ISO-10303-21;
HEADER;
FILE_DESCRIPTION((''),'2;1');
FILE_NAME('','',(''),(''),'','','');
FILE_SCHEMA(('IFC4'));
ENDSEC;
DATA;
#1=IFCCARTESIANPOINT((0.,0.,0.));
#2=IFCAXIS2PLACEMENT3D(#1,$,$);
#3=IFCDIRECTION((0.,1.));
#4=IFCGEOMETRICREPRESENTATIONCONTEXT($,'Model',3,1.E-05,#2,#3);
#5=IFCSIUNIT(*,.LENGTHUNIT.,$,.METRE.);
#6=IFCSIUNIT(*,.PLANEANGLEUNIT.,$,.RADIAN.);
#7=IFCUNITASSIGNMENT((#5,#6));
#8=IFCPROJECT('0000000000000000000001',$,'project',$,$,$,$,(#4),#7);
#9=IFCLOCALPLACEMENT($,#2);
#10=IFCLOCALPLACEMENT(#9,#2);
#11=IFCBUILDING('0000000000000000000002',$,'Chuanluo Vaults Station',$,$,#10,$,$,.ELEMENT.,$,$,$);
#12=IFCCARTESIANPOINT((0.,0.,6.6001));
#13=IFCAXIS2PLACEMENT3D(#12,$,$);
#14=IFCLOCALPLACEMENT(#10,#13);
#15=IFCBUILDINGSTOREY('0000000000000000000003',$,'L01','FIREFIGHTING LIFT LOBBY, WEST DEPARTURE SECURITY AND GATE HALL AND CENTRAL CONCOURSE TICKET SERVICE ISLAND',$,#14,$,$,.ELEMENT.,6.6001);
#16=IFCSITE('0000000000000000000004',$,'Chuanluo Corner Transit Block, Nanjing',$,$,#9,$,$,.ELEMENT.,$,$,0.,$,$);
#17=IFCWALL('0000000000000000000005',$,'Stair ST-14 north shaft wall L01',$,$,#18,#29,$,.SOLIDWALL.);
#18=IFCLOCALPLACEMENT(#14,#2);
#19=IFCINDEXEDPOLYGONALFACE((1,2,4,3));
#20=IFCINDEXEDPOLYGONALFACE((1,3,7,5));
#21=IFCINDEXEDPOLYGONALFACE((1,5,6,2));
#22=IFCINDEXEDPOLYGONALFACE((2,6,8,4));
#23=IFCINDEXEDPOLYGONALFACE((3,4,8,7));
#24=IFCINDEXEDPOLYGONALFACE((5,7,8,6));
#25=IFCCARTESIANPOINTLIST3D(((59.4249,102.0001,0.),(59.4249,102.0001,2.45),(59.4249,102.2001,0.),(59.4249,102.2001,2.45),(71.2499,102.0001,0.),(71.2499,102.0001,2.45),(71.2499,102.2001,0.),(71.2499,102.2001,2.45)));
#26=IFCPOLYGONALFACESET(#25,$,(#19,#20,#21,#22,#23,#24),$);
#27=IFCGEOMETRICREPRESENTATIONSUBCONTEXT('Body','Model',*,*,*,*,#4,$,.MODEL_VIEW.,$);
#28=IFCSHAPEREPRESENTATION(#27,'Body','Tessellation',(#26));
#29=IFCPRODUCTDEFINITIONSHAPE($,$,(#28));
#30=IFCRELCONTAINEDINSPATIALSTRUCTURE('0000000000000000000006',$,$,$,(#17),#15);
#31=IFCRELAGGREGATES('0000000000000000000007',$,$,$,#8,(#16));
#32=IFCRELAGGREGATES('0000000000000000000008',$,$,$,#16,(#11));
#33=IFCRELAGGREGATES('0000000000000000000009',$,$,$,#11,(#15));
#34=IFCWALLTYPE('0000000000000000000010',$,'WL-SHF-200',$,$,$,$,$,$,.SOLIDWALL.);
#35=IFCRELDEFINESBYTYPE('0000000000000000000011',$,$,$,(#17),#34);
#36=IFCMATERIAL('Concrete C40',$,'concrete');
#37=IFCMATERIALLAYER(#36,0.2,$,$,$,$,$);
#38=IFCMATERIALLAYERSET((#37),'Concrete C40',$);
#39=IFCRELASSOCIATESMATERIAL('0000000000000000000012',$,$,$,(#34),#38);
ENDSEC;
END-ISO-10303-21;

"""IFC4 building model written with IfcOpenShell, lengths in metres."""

from ifc_helpers import new_model, si_unit, direction, frame, frame_2d, origin, place, context, subcontext, project, spatial, rectangle, extrude, material, layer, layer_set, type_object, element, save


model = new_model("IFC4")

# Units and contexts
model_context = context("Model", 3, precision=1e-05, world=origin(), true_north=direction((0.0, 1.0)))
body_context = subcontext(model_context, "Body", "Model", "MODEL_VIEW")
ifc_project = project(units=[si_unit("LENGTHUNIT", "METRE"), si_unit("PLANEANGLEUNIT", "RADIAN")], contexts=[model_context])

# Site, building, storey
site_placement = place(None, origin())
site = spatial("IfcSite", under=ifc_project, at=site_placement, Name="Chuanluo Corner Transit Block, Nanjing", CompositionType="ELEMENT", RefElevation=0.0)
building_placement = place(site_placement, origin())
building = spatial("IfcBuilding", under=site, at=building_placement, Name="Chuanluo Vaults Station", CompositionType="ELEMENT")
storey_placement = place(building_placement, frame((0.0, 0.0, 6.6001)))
storey = spatial("IfcBuildingStorey", under=building, at=storey_placement, Name="L01", Description="FIREFIGHTING LIFT LOBBY, WEST DEPARTURE SECURITY AND GATE HALL AND CENTRAL CONCOURSE TICKET SERVICE ISLAND", CompositionType="ELEMENT", Elevation=6.6001)

# Wall
ifc_material_1 = material(Name="Concrete C40", Category="concrete")
ifc_layer_1 = layer(ifc_material_1, 0.2)
ifc_layer_set_1 = layer_set([ifc_layer_1], Name="Concrete C40")
wall_type = type_object("IfcWallType", Name="WL-SHF-200", PredefinedType="SOLIDWALL", material=ifc_layer_set_1)
wall_placement = place(storey_placement, frame((71.25, 102.1001, 0.0), z_axis=(0.0, 0.0, 1.0), x_axis=(-1.0, 0.0, 0.0)))
element("IfcWall", 1, at=wall_placement, inside=storey, type_object=wall_type, Name="Stair ST-14 north shaft wall L01", PredefinedType="SOLIDWALL", context=body_context, shape_type="SweptSolid", body=[
    extrude(rectangle(XDim=11.825, YDim=0.2, at=frame_2d((5.9126, 0.0))), origin(), (0.0, 0.0, 1.0), 2.45),
])

save(model, "model.ifc")
